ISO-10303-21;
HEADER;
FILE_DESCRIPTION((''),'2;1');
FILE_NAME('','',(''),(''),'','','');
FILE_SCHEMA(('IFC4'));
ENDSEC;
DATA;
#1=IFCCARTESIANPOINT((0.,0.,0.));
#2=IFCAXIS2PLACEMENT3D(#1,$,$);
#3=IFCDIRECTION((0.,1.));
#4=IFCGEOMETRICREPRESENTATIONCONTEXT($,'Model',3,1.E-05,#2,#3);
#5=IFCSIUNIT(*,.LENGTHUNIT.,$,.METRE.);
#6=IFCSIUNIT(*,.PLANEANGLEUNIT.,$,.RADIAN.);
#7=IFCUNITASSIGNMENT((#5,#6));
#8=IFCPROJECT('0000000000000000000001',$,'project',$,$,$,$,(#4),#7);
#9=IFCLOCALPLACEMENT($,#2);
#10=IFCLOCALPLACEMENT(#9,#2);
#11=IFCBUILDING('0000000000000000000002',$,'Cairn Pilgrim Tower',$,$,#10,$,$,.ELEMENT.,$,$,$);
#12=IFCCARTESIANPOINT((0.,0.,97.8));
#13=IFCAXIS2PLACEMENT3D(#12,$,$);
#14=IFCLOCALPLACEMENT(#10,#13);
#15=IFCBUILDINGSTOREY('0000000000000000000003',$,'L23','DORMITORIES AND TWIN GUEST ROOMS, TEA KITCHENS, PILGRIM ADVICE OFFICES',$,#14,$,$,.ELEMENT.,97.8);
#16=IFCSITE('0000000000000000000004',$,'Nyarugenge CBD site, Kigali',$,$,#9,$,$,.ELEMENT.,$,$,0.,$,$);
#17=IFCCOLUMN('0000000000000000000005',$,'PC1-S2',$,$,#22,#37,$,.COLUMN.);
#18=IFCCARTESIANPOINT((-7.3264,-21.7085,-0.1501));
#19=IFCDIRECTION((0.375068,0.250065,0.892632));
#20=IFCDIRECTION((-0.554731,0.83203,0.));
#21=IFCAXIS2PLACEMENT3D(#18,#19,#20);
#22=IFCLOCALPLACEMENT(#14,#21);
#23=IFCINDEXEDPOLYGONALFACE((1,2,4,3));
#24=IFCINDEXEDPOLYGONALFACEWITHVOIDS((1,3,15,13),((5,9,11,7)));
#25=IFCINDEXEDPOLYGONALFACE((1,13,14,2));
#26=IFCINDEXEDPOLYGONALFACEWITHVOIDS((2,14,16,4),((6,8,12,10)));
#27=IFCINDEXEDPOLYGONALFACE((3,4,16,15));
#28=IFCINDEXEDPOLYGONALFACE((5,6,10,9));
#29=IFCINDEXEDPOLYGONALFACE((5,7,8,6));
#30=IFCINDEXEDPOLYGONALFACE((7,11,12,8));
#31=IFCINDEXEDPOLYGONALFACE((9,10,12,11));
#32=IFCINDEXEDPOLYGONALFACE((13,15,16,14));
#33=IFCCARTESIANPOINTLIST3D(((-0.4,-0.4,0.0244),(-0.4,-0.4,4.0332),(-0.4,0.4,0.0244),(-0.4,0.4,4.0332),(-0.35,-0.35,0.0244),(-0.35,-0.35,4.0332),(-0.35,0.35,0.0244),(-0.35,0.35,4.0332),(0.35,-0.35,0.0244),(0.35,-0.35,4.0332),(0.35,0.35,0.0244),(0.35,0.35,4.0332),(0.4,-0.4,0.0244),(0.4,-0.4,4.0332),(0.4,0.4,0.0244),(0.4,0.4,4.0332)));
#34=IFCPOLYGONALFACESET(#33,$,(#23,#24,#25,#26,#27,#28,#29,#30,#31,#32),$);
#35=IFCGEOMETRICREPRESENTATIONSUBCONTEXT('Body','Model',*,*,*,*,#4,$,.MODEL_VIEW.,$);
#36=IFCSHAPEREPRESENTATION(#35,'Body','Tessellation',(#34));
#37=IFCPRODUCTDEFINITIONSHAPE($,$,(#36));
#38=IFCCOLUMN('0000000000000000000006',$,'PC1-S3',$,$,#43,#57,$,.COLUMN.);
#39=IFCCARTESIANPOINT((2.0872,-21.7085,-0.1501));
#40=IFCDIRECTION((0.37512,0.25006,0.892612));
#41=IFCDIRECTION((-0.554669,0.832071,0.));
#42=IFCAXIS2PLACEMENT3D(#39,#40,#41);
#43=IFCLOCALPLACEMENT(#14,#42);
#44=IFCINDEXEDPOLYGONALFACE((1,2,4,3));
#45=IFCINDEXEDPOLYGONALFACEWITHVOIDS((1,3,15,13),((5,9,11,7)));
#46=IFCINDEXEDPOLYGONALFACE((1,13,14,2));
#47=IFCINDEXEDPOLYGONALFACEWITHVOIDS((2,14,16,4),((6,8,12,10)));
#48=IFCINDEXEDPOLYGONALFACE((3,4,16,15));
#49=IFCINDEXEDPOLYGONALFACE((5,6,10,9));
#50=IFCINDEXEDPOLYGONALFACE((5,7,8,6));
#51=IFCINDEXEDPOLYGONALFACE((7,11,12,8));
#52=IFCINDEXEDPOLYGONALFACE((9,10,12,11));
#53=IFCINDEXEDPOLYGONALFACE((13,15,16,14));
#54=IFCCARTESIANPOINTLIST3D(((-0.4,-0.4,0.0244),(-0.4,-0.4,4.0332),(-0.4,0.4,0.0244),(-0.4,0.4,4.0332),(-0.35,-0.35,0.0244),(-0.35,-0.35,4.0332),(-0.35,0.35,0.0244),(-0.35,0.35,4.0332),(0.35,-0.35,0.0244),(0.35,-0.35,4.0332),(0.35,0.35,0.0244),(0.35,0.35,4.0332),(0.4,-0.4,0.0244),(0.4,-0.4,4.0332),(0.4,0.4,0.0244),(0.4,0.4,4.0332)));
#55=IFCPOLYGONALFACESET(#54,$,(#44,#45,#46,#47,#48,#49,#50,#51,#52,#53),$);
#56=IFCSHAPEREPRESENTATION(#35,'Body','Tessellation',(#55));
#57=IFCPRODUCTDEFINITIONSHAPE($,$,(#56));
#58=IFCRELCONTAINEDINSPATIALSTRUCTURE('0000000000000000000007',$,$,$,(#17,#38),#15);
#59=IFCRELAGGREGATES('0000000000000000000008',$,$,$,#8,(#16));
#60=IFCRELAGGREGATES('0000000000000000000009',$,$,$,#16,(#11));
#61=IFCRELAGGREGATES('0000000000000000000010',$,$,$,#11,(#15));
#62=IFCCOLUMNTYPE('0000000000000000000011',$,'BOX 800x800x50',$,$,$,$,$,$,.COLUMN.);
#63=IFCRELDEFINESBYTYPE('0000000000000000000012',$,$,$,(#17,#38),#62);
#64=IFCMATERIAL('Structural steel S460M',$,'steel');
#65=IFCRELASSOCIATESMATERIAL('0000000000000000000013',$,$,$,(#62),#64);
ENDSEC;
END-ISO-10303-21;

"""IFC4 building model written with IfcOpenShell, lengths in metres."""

from ifc_helpers import new_model, si_unit, direction, frame, origin, origin_2d, place, context, subcontext, project, spatial, hollow_rectangle, extrude, clip, halfspace, material, material_profile, profile_set, type_object, element, save


model = new_model("IFC4")

# Units and contexts
model_context = context("Model", 3, precision=1e-05, world=origin(), true_north=direction((0.0, 1.0)))
body_context = subcontext(model_context, "Body", "Model", "MODEL_VIEW")
ifc_project = project(units=[si_unit("LENGTHUNIT", "METRE"), si_unit("PLANEANGLEUNIT", "RADIAN")], contexts=[model_context])

# Site, building, storey
site_placement = place(None, origin())
site = spatial("IfcSite", under=ifc_project, at=site_placement, Name="Nyarugenge CBD site, Kigali", CompositionType="ELEMENT", RefElevation=0.0)
building_placement = place(site_placement, origin())
building = spatial("IfcBuilding", under=site, at=building_placement, Name="Cairn Pilgrim Tower", CompositionType="ELEMENT")
storey_placement = place(building_placement, frame((0.0, 0.0, 97.8)))
storey = spatial("IfcBuildingStorey", under=building, at=storey_placement, Name="L23", Description="DORMITORIES AND TWIN GUEST ROOMS, TEA KITCHENS, PILGRIM ADVICE OFFICES", CompositionType="ELEMENT", Elevation=97.8)

# Columns
ifc_material_1 = material(Name="Structural steel S460M", Category="steel")
ifc_material_profile_1 = material_profile(ifc_material_1, hollow_rectangle(XDim=0.8, YDim=0.8, WallThickness=0.05, at=origin_2d()), Name="BOX 800x800x50")
ifc_profile_set_1 = profile_set([ifc_material_profile_1], Name="Structural steel S460M")
column_type = type_object("IfcColumnType", Name="BOX 800x800x50", PredefinedType="COLUMN", material=ifc_profile_set_1)
for number, where, z_axis, x_axis, name in (
    (1, (-7.3264, -21.7085, -0.1501), (0.375068, 0.250065, 0.892632), (-0.554731, 0.83203, 0.0), "PC1-S2"),
    (2, (2.0872, -21.7085, -0.1501), (0.37512, 0.25006, 0.892612), (-0.554669, 0.832071, 0.0), "PC1-S3"),
):
    element("IfcColumn", number, at=place(storey_placement, frame(where, z_axis=z_axis, x_axis=x_axis)), inside=storey, type_object=column_type, Name=name, PredefinedType="COLUMN", context=body_context, shape_type="Clipping", body=[
        clip(extrude(hollow_rectangle(XDim=0.8, YDim=0.8, WallThickness=0.05, at=origin_2d()), origin(), (0.0, 0.0, 1.0), 4.0332), halfspace(frame((0.0, 0.0, 0.0244), z_axis=(0.0, 0.0, 1.0), x_axis=(1.0, 0.0, 0.0)), True)),
    ])

save(model, "model.ifc")
